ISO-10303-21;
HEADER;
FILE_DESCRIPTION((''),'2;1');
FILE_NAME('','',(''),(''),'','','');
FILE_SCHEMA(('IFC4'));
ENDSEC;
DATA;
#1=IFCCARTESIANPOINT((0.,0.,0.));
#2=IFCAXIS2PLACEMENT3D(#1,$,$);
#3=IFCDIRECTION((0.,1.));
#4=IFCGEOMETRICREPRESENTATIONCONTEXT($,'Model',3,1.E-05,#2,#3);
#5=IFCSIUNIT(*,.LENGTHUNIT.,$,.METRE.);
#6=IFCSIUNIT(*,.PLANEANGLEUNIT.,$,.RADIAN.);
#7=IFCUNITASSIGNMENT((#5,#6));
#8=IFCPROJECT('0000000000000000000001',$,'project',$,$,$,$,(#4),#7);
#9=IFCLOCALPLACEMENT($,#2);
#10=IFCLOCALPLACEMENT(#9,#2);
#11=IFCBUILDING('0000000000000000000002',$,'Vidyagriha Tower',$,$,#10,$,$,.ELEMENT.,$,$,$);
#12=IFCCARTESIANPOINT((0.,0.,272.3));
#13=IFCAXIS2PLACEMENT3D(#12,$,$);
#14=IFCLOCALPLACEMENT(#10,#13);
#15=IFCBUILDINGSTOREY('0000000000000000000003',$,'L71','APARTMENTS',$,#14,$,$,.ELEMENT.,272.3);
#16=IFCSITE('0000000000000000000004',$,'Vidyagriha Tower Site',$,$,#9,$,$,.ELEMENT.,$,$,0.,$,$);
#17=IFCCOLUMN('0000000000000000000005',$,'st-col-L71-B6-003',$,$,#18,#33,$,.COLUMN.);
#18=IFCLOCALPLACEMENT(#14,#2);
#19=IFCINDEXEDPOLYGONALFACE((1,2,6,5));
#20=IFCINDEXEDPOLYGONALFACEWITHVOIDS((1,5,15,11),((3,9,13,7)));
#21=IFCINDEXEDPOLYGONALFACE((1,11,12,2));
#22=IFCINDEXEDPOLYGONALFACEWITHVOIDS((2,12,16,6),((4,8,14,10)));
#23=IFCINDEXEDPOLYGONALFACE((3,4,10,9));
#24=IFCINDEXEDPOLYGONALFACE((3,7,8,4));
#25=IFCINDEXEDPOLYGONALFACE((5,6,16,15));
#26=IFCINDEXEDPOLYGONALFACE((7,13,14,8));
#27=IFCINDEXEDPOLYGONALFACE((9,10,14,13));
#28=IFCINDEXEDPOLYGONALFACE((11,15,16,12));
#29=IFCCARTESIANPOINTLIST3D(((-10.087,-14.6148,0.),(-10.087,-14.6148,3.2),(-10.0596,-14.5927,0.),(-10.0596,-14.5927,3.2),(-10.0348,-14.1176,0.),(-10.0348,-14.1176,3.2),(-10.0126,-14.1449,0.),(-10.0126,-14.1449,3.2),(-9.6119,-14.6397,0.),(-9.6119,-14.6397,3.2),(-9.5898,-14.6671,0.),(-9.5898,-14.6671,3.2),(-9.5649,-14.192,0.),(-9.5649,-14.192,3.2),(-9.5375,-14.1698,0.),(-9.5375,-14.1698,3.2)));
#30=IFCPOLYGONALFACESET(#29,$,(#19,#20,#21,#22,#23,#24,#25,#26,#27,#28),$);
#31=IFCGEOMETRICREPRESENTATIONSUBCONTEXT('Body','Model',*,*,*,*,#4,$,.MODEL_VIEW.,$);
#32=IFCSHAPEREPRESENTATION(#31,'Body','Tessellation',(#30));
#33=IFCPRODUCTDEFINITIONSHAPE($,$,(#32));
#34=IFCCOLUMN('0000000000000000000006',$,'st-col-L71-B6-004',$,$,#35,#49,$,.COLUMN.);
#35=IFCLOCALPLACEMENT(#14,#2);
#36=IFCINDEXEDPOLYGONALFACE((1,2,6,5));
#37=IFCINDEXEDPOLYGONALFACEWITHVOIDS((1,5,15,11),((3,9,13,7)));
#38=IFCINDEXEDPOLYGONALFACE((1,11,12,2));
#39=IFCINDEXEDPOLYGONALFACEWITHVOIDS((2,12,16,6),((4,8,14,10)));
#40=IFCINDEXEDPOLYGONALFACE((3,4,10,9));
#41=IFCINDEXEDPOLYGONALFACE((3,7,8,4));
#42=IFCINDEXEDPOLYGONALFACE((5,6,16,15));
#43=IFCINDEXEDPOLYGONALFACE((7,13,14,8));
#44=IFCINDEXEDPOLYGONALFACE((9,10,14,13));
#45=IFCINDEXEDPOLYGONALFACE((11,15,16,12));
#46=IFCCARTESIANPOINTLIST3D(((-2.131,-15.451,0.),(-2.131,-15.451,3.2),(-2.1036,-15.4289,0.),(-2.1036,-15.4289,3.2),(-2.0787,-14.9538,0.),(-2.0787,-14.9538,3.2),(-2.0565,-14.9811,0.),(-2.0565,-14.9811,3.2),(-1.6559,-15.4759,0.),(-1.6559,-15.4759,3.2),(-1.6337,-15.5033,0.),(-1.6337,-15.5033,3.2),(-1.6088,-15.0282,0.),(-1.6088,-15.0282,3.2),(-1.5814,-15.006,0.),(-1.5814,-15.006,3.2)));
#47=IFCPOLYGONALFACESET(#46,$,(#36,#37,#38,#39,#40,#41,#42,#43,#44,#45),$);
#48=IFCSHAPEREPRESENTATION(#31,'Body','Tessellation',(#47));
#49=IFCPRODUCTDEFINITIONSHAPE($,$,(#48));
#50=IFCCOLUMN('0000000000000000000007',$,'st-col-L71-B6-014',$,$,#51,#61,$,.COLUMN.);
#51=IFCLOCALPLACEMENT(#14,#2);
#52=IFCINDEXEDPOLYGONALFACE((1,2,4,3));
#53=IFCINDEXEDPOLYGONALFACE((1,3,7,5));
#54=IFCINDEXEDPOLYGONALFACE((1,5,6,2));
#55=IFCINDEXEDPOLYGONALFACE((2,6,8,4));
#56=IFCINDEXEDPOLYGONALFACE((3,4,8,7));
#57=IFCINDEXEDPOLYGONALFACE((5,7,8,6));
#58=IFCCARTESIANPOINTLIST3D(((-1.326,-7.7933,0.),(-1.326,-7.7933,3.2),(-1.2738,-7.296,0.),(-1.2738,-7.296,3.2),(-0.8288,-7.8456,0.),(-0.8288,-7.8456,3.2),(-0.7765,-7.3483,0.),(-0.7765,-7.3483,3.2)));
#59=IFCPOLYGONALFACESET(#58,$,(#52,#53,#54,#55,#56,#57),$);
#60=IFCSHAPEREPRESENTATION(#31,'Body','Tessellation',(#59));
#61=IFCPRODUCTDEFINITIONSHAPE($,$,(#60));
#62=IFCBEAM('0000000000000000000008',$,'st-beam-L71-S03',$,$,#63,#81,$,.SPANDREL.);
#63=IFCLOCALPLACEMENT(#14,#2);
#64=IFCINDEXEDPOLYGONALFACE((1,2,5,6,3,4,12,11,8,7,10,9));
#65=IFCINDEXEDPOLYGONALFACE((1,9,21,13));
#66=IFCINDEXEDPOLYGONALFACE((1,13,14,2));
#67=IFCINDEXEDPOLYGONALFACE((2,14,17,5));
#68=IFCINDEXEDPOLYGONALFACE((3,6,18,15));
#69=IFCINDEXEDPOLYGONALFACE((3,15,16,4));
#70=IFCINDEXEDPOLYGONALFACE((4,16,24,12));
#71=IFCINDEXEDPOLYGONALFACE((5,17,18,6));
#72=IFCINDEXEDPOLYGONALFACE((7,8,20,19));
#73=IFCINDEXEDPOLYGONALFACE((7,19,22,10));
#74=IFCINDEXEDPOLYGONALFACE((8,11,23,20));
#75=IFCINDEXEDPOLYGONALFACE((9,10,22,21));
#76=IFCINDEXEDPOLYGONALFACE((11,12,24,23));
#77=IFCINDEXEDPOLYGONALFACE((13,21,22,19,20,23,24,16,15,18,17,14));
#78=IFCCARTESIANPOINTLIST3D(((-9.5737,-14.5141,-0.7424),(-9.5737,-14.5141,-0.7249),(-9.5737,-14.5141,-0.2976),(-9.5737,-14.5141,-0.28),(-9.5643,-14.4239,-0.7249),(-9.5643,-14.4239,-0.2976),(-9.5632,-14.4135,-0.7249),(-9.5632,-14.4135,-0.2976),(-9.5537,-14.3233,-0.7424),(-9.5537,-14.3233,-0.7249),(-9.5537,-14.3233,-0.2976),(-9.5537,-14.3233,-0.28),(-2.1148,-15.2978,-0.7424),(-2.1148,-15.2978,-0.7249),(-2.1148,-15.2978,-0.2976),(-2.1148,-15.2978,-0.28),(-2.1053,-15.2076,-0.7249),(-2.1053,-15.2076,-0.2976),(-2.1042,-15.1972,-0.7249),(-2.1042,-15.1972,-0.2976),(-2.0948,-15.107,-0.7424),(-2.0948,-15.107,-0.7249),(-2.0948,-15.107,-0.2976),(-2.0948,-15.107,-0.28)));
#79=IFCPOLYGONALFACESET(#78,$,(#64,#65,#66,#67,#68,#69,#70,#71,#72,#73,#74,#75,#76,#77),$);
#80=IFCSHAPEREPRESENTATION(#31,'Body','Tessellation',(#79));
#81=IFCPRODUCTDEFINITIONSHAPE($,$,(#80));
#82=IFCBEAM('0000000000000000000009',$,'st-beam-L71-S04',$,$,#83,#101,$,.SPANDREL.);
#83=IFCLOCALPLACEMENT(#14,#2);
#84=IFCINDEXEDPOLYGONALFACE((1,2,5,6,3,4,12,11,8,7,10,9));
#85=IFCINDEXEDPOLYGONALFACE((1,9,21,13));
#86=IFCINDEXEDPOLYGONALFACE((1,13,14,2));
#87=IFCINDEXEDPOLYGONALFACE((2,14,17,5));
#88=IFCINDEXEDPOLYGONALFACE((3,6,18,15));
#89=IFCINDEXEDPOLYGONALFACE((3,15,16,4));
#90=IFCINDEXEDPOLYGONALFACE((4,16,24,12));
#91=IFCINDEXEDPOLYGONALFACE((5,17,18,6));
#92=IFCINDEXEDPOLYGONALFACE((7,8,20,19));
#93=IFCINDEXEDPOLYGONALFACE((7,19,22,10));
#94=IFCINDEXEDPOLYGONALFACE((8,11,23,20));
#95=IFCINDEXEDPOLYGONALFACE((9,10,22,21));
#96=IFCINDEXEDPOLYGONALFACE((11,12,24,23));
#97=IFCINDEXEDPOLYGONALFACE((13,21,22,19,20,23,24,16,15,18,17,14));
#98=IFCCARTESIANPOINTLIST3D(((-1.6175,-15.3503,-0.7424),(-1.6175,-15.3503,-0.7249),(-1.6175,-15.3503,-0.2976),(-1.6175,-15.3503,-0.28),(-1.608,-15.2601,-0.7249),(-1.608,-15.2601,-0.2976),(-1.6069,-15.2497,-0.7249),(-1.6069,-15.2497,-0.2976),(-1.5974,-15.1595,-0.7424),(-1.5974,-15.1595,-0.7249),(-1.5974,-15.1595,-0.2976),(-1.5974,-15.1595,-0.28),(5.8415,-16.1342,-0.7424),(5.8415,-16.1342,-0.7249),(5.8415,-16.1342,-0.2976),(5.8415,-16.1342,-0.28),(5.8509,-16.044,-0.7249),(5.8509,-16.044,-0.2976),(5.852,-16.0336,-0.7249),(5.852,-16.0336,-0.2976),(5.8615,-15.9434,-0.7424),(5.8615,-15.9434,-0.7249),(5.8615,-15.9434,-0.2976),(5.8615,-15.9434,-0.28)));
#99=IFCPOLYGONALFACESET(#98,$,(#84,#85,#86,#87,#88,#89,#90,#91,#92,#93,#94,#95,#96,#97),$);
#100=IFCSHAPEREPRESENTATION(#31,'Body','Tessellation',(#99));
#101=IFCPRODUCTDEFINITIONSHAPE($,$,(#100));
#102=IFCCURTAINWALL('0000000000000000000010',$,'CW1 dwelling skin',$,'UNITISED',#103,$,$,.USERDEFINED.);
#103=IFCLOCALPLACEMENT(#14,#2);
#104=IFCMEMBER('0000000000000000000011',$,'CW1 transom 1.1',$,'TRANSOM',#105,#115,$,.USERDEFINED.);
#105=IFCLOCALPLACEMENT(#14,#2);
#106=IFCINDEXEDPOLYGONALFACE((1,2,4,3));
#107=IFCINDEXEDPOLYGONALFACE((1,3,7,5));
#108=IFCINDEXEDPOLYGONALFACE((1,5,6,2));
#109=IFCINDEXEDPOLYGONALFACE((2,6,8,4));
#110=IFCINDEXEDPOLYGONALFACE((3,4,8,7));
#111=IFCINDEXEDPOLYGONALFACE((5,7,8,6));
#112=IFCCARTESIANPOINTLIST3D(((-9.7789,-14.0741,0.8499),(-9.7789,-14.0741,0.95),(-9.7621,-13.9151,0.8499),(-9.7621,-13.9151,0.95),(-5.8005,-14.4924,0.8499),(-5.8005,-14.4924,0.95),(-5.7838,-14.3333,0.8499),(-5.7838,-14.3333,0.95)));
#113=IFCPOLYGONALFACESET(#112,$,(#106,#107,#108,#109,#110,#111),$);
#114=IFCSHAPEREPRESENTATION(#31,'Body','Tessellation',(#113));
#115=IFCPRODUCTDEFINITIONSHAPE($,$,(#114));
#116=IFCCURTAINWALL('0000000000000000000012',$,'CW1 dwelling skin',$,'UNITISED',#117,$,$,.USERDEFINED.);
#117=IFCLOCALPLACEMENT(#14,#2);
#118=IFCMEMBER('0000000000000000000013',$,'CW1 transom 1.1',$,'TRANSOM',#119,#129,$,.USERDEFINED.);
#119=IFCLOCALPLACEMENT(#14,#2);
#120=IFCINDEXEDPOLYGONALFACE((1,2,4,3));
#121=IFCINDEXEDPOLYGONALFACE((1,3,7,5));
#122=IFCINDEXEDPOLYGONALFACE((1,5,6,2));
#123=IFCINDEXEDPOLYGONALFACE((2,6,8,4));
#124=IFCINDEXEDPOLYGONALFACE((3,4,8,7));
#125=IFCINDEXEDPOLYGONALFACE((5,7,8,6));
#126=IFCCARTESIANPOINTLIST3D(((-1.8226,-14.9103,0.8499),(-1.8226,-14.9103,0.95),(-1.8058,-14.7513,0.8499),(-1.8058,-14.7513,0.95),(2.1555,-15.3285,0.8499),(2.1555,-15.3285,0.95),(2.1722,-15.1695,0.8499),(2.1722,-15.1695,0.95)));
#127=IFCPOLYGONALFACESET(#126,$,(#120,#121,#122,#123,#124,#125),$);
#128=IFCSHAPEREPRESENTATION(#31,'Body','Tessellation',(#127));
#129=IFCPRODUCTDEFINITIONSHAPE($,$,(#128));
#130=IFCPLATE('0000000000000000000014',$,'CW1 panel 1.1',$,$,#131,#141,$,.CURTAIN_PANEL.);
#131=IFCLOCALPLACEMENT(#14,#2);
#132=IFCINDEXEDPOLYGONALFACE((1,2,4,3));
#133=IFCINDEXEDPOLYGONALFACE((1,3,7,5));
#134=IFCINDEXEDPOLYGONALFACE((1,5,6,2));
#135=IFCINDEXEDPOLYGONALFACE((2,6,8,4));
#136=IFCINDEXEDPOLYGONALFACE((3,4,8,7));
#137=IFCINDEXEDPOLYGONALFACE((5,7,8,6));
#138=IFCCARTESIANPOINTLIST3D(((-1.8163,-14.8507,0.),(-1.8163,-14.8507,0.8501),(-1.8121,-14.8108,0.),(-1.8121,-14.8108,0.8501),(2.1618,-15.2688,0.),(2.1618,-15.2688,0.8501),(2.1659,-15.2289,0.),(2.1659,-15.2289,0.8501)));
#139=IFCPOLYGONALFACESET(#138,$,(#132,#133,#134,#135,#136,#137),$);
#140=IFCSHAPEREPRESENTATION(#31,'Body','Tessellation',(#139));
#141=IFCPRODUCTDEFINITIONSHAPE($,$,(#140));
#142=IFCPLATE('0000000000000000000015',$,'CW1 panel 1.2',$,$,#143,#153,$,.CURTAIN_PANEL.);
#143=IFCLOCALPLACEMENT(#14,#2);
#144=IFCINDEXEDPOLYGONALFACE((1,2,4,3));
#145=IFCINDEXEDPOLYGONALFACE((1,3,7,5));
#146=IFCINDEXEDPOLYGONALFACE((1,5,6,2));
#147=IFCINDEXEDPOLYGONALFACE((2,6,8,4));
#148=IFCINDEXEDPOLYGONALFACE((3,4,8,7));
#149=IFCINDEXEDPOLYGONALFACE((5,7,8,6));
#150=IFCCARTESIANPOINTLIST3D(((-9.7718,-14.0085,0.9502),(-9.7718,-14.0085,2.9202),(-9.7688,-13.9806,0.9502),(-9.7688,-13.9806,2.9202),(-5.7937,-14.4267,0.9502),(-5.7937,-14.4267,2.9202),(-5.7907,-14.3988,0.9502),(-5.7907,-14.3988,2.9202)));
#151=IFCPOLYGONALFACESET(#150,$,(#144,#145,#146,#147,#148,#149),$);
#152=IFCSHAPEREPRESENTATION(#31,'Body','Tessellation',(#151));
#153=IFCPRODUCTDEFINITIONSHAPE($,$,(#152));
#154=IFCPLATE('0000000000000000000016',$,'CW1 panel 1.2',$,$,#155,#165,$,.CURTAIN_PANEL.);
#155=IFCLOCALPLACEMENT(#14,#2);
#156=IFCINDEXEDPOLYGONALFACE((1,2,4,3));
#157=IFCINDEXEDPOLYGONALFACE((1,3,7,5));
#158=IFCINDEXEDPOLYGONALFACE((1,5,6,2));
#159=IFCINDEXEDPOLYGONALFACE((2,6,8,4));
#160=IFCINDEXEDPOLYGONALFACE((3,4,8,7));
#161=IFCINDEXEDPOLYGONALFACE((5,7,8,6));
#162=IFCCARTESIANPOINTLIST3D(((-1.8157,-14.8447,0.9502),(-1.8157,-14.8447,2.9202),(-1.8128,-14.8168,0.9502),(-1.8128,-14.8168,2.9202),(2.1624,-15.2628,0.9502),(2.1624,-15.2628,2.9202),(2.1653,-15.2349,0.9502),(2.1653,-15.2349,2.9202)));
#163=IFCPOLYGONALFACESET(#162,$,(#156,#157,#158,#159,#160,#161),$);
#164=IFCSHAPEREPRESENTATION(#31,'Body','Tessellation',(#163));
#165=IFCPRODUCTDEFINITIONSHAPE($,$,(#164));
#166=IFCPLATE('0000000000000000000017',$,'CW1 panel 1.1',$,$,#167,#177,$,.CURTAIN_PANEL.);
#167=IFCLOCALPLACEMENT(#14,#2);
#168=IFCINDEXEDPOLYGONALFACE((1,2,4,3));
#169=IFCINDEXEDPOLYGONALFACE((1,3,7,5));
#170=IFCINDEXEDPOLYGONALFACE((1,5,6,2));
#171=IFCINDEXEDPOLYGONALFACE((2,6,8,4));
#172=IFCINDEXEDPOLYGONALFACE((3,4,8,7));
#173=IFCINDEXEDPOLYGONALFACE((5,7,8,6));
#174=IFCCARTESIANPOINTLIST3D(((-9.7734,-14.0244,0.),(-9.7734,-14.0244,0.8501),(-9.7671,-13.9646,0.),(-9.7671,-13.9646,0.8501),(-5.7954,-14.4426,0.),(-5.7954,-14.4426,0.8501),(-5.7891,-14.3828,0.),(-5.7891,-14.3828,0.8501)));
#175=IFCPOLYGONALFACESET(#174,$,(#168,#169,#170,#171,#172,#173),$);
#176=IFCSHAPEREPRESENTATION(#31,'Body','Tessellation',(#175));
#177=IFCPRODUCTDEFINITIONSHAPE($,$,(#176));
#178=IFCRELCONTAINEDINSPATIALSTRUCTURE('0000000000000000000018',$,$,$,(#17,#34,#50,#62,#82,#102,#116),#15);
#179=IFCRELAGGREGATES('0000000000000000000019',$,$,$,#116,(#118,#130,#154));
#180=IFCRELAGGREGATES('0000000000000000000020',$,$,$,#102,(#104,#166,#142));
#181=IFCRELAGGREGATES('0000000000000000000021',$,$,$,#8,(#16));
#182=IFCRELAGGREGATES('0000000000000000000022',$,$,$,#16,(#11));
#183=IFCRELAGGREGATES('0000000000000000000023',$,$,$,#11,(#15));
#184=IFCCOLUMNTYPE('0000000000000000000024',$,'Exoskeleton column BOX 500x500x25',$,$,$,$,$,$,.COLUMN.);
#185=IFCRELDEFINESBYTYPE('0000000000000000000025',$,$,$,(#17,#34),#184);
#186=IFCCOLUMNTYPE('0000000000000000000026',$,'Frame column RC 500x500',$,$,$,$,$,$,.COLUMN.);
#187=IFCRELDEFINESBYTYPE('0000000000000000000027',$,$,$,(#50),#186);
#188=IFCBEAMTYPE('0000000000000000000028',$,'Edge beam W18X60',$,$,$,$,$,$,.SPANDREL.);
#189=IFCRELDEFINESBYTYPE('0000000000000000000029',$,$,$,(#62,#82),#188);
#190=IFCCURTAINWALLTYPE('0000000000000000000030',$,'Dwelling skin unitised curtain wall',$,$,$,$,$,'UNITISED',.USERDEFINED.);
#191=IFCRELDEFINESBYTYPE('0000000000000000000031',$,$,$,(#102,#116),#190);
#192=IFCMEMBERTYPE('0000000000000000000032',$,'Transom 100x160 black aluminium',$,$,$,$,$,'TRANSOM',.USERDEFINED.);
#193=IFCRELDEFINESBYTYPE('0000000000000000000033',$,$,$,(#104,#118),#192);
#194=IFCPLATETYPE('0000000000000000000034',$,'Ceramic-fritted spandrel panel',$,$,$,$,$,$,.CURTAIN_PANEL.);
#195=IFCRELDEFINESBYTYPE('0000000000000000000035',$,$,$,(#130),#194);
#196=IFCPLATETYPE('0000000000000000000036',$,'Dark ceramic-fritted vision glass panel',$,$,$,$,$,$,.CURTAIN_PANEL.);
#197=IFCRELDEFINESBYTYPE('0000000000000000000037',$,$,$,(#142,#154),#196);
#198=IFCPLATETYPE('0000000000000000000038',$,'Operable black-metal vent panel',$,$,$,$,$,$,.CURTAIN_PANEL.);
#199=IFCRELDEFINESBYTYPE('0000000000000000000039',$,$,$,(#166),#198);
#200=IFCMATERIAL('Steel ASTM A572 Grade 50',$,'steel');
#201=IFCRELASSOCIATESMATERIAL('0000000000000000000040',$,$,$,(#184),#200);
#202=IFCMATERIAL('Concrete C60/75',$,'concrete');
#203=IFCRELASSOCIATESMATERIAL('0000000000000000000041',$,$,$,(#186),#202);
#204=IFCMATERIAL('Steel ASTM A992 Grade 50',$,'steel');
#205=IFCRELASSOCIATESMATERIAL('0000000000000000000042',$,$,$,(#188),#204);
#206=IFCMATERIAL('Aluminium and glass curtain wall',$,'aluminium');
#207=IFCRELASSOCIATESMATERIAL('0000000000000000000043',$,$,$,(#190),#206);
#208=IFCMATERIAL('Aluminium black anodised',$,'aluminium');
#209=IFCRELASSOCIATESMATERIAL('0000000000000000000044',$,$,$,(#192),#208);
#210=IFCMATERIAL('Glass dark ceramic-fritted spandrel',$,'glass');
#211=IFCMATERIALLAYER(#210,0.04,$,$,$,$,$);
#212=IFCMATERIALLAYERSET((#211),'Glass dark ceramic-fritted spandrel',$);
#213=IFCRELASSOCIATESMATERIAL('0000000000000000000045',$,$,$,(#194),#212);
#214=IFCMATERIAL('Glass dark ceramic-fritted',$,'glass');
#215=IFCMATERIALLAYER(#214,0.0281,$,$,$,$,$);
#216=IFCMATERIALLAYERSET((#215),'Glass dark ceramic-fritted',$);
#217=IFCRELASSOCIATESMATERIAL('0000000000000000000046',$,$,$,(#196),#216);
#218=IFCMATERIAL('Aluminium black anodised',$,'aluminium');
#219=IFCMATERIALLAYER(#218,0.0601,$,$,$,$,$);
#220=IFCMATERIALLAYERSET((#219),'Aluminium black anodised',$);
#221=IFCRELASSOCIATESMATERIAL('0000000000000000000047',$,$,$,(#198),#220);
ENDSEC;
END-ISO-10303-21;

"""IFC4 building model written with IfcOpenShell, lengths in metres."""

from ifc_helpers import new_model, si_unit, direction, frame, origin, origin_2d, place, context, subcontext, project, spatial, rectangle, hollow_rectangle, i_section, extrude, material, layer, layer_set, material_profile, profile_set, type_object, element, aggregate, save


model = new_model("IFC4")

# Units and contexts
model_context = context("Model", 3, precision=1e-05, world=origin(), true_north=direction((0.0, 1.0)))
body_context = subcontext(model_context, "Body", "Model", "MODEL_VIEW")
ifc_project = project(units=[si_unit("LENGTHUNIT", "METRE"), si_unit("PLANEANGLEUNIT", "RADIAN")], contexts=[model_context])

# Site, building, storey
site_placement = place(None, origin())
site = spatial("IfcSite", under=ifc_project, at=site_placement, Name="Vidyagriha Tower Site", CompositionType="ELEMENT", RefElevation=0.0)
building_placement = place(site_placement, origin())
building = spatial("IfcBuilding", under=site, at=building_placement, Name="Vidyagriha Tower", CompositionType="ELEMENT")
storey_placement = place(building_placement, frame((0.0, 0.0, 272.3)))
storey = spatial("IfcBuildingStorey", under=building, at=storey_placement, Name="L71", Description="APARTMENTS", CompositionType="ELEMENT", Elevation=272.3)

# Columns
ifc_material_1 = material(Name="Steel ASTM A572 Grade 50", Category="steel")
ifc_material_profile_1 = material_profile(ifc_material_1, hollow_rectangle(XDim=0.5, YDim=0.5, WallThickness=0.0249, at=origin_2d()), Name="BOX 500x500x25")
ifc_profile_set_1 = profile_set([ifc_material_profile_1], Name="Steel ASTM A572 Grade 50")
column_type_1 = type_object("IfcColumnType", Name="Exoskeleton column BOX 500x500x25", PredefinedType="COLUMN", material=ifc_profile_set_1)
for number, where, z_axis, x_axis, name in (
    (1, (-9.8123, -14.3923, 0.0), (0.0, 0.0, 1.0), (0.994522, -0.104528, 0.0), "st-col-L71-B6-003"),
    (2, (-1.8562, -15.2285, 0.0), (0.0, 0.0, 1.0), (0.994522, -0.104528, 0.0), "st-col-L71-B6-004"),
):
    element("IfcColumn", number, at=place(storey_placement, frame(where, z_axis=z_axis, x_axis=x_axis)), inside=storey, type_object=column_type_1, Name=name, PredefinedType="COLUMN", context=body_context, shape_type="SweptSolid", body=[
        extrude(hollow_rectangle(XDim=0.5, YDim=0.5, WallThickness=0.0249, at=origin_2d()), origin(), (0.0, 0.0, 1.0), 3.2),
    ])
ifc_material_2 = material(Name="Concrete C60/75", Category="concrete")
ifc_material_profile_2 = material_profile(ifc_material_2, rectangle(XDim=0.5, YDim=0.5, at=origin_2d()), Name="RC 500x500")
ifc_profile_set_2 = profile_set([ifc_material_profile_2], Name="Concrete C60/75")
column_type_2 = type_object("IfcColumnType", Name="Frame column RC 500x500", PredefinedType="COLUMN", material=ifc_profile_set_2)
column_placement = place(storey_placement, frame((-1.0513, -7.5708, 0.0), z_axis=(0.0, 0.0, 1.0), x_axis=(0.994522, -0.104528, 0.0)))
element("IfcColumn", 3, at=column_placement, inside=storey, type_object=column_type_2, Name="st-col-L71-B6-014", PredefinedType="COLUMN", context=body_context, shape_type="SweptSolid", body=[
    extrude(rectangle(XDim=0.5, YDim=0.5, at=origin_2d()), origin(), (0.0, 0.0, 1.0), 3.2),
])

# Beams
ifc_material_3 = material(Name="Steel ASTM A992 Grade 50", Category="steel")
ifc_material_profile_3 = material_profile(ifc_material_3, i_section(OverallWidth=0.1919, OverallDepth=0.4624, WebThickness=0.0105, FlangeThickness=0.0176, at=origin_2d()), Name="W18X60")
ifc_profile_set_3 = profile_set([ifc_material_profile_3], Name="Steel ASTM A992 Grade 50")
beam_type = type_object("IfcBeamType", Name="Edge beam W18X60", PredefinedType="SPANDREL", material=ifc_profile_set_3)
for number, where, z_axis, x_axis, name in (
    (4, (-9.5637, -14.4187, -0.5112), (0.994526, -0.104492, 0.0), (0.104492, 0.994526, 0.0), "st-beam-L71-S03"),
    (5, (-1.6074, -15.2549, -0.5112), (0.994522, -0.104524, 0.0), (0.104524, 0.994522, 0.0), "st-beam-L71-S04"),
):
    element("IfcBeam", number, at=place(storey_placement, frame(where, z_axis=z_axis, x_axis=x_axis)), inside=storey, type_object=beam_type, Name=name, PredefinedType="SPANDREL", context=body_context, shape_type="SweptSolid", body=[
        extrude(i_section(OverallWidth=0.1919, OverallDepth=0.4624, WebThickness=0.0105, FlangeThickness=0.0176, at=origin_2d()), origin(), (0.0, 0.0, 1.0), 7.5),
    ])

# Curtain wall, member
ifc_material_4 = material(Name="Aluminium and glass curtain wall", Category="aluminium")
curtain_wall_type = type_object("IfcCurtainWallType", Name="Dwelling skin unitised curtain wall", ElementType="UNITISED", PredefinedType="USERDEFINED", material=ifc_material_4)
curtain_wall_1_placement = place(storey_placement, origin())
curtain_wall_1 = element("IfcCurtainWall", 6, at=curtain_wall_1_placement, inside=storey, type_object=curtain_wall_type, Name="CW1 dwelling skin", ObjectType="UNITISED", PredefinedType="USERDEFINED")
ifc_material_5 = material(Name="Aluminium black anodised", Category="aluminium")
ifc_material_profile_4 = material_profile(ifc_material_5, rectangle(XDim=0.1599, YDim=0.1001, at=origin_2d()), Name="Transom 100x160 black aluminium")
ifc_profile_set_4 = profile_set([ifc_material_profile_4], Name="Aluminium black anodised")
member_type = type_object("IfcMemberType", Name="Transom 100x160 black aluminium", ElementType="TRANSOM", PredefinedType="USERDEFINED", material=ifc_profile_set_4)
member_1_placement = place(storey_placement, frame((-9.7705, -13.9946, 0.8999), z_axis=(0.99452, -0.104548, 0.0), x_axis=(0.104548, 0.99452, 0.0)))
member_1 = element("IfcMember", 7, at=member_1_placement, type_object=member_type, Name="CW1 transom 1.1", ObjectType="TRANSOM", PredefinedType="USERDEFINED", context=body_context, shape_type="SweptSolid", body=[
    extrude(rectangle(XDim=0.1599, YDim=0.1001, at=origin_2d()), origin(), (0.0, 0.0, 1.0), 4.0002),
])

# Curtain wall, member, plate
curtain_wall_2_placement = place(storey_placement, origin())
curtain_wall_2 = element("IfcCurtainWall", 8, at=curtain_wall_2_placement, inside=storey, type_object=curtain_wall_type, Name="CW1 dwelling skin", ObjectType="UNITISED", PredefinedType="USERDEFINED")
member_2_placement = place(storey_placement, frame((-1.8142, -14.8308, 0.8999), z_axis=(0.994519, -0.104555, 0.0), x_axis=(0.104555, 0.994519, 0.0)))
member_2 = element("IfcMember", 9, at=member_2_placement, type_object=member_type, Name="CW1 transom 1.1", ObjectType="TRANSOM", PredefinedType="USERDEFINED", context=body_context, shape_type="SweptSolid", body=[
    extrude(rectangle(XDim=0.1599, YDim=0.1001, at=origin_2d()), origin(), (0.0, 0.0, 1.0), 4.0),
])
ifc_material_6 = material(Name="Glass dark ceramic-fritted spandrel", Category="glass")
ifc_layer_1 = layer(ifc_material_6, 0.04)
ifc_layer_set_1 = layer_set([ifc_layer_1], Name="Glass dark ceramic-fritted spandrel")
plate_type_1 = type_object("IfcPlateType", Name="Ceramic-fritted spandrel panel", PredefinedType="CURTAIN_PANEL", material=ifc_layer_set_1)
plate_1_placement = place(storey_placement, frame((0.1748, -15.0398, 0.0), z_axis=(0.0, 0.0, 1.0), x_axis=(0.994522, -0.104527, 0.0)))
plate_1 = element("IfcPlate", 10, at=plate_1_placement, type_object=plate_type_1, Name="CW1 panel 1.1", PredefinedType="CURTAIN_PANEL", context=body_context, shape_type="SweptSolid", body=[
    extrude(rectangle(XDim=4.0, YDim=0.04, at=origin_2d()), origin(), (0.0, 0.0, 1.0), 0.8501),
])

# Plates
ifc_material_7 = material(Name="Glass dark ceramic-fritted", Category="glass")
ifc_layer_2 = layer(ifc_material_7, 0.0281)
ifc_layer_set_2 = layer_set([ifc_layer_2], Name="Glass dark ceramic-fritted")
plate_type_2 = type_object("IfcPlateType", Name="Dark ceramic-fritted vision glass panel", PredefinedType="CURTAIN_PANEL", material=ifc_layer_set_2)
plate_2_placement = place(storey_placement, frame((-7.7812, -14.2036, 0.9502), z_axis=(0.0, 0.0, 1.0), x_axis=(0.99452, -0.104549, 0.0)))
plate_2 = element("IfcPlate", 11, at=plate_2_placement, type_object=plate_type_2, Name="CW1 panel 1.2", PredefinedType="CURTAIN_PANEL", context=body_context, shape_type="SweptSolid", body=[
    extrude(rectangle(XDim=4.0, YDim=0.0281, at=origin_2d()), origin(), (0.0, 0.0, 1.0), 1.97),
])
plate_3_placement = place(storey_placement, frame((0.1748, -15.0398, 0.9502), z_axis=(0.0, 0.0, 1.0), x_axis=(0.994522, -0.104527, 0.0)))
plate_3 = element("IfcPlate", 12, at=plate_3_placement, type_object=plate_type_2, Name="CW1 panel 1.2", PredefinedType="CURTAIN_PANEL", context=body_context, shape_type="SweptSolid", body=[
    extrude(rectangle(XDim=4.0, YDim=0.0281, at=origin_2d()), origin(), (0.0, 0.0, 1.0), 1.97),
])
aggregate(curtain_wall_2, [member_2, plate_1, plate_3])
ifc_material_8 = material(Name="Aluminium black anodised", Category="aluminium")
ifc_layer_3 = layer(ifc_material_8, 0.0601)
ifc_layer_set_3 = layer_set([ifc_layer_3], Name="Aluminium black anodised")
plate_type_3 = type_object("IfcPlateType", Name="Operable black-metal vent panel", PredefinedType="CURTAIN_PANEL", material=ifc_layer_set_3)
plate_4_placement = place(storey_placement, frame((-7.7812, -14.2036, 0.0), z_axis=(0.0, 0.0, 1.0), x_axis=(0.99452, -0.104549, 0.0)))
plate_4 = element("IfcPlate", 13, at=plate_4_placement, type_object=plate_type_3, Name="CW1 panel 1.1", PredefinedType="CURTAIN_PANEL", context=body_context, shape_type="SweptSolid", body=[
    extrude(rectangle(XDim=4.0, YDim=0.0601, at=origin_2d()), origin(), (0.0, 0.0, 1.0), 0.8501),
])
aggregate(curtain_wall_1, [member_1, plate_4, plate_2])

save(model, "model.ifc")
